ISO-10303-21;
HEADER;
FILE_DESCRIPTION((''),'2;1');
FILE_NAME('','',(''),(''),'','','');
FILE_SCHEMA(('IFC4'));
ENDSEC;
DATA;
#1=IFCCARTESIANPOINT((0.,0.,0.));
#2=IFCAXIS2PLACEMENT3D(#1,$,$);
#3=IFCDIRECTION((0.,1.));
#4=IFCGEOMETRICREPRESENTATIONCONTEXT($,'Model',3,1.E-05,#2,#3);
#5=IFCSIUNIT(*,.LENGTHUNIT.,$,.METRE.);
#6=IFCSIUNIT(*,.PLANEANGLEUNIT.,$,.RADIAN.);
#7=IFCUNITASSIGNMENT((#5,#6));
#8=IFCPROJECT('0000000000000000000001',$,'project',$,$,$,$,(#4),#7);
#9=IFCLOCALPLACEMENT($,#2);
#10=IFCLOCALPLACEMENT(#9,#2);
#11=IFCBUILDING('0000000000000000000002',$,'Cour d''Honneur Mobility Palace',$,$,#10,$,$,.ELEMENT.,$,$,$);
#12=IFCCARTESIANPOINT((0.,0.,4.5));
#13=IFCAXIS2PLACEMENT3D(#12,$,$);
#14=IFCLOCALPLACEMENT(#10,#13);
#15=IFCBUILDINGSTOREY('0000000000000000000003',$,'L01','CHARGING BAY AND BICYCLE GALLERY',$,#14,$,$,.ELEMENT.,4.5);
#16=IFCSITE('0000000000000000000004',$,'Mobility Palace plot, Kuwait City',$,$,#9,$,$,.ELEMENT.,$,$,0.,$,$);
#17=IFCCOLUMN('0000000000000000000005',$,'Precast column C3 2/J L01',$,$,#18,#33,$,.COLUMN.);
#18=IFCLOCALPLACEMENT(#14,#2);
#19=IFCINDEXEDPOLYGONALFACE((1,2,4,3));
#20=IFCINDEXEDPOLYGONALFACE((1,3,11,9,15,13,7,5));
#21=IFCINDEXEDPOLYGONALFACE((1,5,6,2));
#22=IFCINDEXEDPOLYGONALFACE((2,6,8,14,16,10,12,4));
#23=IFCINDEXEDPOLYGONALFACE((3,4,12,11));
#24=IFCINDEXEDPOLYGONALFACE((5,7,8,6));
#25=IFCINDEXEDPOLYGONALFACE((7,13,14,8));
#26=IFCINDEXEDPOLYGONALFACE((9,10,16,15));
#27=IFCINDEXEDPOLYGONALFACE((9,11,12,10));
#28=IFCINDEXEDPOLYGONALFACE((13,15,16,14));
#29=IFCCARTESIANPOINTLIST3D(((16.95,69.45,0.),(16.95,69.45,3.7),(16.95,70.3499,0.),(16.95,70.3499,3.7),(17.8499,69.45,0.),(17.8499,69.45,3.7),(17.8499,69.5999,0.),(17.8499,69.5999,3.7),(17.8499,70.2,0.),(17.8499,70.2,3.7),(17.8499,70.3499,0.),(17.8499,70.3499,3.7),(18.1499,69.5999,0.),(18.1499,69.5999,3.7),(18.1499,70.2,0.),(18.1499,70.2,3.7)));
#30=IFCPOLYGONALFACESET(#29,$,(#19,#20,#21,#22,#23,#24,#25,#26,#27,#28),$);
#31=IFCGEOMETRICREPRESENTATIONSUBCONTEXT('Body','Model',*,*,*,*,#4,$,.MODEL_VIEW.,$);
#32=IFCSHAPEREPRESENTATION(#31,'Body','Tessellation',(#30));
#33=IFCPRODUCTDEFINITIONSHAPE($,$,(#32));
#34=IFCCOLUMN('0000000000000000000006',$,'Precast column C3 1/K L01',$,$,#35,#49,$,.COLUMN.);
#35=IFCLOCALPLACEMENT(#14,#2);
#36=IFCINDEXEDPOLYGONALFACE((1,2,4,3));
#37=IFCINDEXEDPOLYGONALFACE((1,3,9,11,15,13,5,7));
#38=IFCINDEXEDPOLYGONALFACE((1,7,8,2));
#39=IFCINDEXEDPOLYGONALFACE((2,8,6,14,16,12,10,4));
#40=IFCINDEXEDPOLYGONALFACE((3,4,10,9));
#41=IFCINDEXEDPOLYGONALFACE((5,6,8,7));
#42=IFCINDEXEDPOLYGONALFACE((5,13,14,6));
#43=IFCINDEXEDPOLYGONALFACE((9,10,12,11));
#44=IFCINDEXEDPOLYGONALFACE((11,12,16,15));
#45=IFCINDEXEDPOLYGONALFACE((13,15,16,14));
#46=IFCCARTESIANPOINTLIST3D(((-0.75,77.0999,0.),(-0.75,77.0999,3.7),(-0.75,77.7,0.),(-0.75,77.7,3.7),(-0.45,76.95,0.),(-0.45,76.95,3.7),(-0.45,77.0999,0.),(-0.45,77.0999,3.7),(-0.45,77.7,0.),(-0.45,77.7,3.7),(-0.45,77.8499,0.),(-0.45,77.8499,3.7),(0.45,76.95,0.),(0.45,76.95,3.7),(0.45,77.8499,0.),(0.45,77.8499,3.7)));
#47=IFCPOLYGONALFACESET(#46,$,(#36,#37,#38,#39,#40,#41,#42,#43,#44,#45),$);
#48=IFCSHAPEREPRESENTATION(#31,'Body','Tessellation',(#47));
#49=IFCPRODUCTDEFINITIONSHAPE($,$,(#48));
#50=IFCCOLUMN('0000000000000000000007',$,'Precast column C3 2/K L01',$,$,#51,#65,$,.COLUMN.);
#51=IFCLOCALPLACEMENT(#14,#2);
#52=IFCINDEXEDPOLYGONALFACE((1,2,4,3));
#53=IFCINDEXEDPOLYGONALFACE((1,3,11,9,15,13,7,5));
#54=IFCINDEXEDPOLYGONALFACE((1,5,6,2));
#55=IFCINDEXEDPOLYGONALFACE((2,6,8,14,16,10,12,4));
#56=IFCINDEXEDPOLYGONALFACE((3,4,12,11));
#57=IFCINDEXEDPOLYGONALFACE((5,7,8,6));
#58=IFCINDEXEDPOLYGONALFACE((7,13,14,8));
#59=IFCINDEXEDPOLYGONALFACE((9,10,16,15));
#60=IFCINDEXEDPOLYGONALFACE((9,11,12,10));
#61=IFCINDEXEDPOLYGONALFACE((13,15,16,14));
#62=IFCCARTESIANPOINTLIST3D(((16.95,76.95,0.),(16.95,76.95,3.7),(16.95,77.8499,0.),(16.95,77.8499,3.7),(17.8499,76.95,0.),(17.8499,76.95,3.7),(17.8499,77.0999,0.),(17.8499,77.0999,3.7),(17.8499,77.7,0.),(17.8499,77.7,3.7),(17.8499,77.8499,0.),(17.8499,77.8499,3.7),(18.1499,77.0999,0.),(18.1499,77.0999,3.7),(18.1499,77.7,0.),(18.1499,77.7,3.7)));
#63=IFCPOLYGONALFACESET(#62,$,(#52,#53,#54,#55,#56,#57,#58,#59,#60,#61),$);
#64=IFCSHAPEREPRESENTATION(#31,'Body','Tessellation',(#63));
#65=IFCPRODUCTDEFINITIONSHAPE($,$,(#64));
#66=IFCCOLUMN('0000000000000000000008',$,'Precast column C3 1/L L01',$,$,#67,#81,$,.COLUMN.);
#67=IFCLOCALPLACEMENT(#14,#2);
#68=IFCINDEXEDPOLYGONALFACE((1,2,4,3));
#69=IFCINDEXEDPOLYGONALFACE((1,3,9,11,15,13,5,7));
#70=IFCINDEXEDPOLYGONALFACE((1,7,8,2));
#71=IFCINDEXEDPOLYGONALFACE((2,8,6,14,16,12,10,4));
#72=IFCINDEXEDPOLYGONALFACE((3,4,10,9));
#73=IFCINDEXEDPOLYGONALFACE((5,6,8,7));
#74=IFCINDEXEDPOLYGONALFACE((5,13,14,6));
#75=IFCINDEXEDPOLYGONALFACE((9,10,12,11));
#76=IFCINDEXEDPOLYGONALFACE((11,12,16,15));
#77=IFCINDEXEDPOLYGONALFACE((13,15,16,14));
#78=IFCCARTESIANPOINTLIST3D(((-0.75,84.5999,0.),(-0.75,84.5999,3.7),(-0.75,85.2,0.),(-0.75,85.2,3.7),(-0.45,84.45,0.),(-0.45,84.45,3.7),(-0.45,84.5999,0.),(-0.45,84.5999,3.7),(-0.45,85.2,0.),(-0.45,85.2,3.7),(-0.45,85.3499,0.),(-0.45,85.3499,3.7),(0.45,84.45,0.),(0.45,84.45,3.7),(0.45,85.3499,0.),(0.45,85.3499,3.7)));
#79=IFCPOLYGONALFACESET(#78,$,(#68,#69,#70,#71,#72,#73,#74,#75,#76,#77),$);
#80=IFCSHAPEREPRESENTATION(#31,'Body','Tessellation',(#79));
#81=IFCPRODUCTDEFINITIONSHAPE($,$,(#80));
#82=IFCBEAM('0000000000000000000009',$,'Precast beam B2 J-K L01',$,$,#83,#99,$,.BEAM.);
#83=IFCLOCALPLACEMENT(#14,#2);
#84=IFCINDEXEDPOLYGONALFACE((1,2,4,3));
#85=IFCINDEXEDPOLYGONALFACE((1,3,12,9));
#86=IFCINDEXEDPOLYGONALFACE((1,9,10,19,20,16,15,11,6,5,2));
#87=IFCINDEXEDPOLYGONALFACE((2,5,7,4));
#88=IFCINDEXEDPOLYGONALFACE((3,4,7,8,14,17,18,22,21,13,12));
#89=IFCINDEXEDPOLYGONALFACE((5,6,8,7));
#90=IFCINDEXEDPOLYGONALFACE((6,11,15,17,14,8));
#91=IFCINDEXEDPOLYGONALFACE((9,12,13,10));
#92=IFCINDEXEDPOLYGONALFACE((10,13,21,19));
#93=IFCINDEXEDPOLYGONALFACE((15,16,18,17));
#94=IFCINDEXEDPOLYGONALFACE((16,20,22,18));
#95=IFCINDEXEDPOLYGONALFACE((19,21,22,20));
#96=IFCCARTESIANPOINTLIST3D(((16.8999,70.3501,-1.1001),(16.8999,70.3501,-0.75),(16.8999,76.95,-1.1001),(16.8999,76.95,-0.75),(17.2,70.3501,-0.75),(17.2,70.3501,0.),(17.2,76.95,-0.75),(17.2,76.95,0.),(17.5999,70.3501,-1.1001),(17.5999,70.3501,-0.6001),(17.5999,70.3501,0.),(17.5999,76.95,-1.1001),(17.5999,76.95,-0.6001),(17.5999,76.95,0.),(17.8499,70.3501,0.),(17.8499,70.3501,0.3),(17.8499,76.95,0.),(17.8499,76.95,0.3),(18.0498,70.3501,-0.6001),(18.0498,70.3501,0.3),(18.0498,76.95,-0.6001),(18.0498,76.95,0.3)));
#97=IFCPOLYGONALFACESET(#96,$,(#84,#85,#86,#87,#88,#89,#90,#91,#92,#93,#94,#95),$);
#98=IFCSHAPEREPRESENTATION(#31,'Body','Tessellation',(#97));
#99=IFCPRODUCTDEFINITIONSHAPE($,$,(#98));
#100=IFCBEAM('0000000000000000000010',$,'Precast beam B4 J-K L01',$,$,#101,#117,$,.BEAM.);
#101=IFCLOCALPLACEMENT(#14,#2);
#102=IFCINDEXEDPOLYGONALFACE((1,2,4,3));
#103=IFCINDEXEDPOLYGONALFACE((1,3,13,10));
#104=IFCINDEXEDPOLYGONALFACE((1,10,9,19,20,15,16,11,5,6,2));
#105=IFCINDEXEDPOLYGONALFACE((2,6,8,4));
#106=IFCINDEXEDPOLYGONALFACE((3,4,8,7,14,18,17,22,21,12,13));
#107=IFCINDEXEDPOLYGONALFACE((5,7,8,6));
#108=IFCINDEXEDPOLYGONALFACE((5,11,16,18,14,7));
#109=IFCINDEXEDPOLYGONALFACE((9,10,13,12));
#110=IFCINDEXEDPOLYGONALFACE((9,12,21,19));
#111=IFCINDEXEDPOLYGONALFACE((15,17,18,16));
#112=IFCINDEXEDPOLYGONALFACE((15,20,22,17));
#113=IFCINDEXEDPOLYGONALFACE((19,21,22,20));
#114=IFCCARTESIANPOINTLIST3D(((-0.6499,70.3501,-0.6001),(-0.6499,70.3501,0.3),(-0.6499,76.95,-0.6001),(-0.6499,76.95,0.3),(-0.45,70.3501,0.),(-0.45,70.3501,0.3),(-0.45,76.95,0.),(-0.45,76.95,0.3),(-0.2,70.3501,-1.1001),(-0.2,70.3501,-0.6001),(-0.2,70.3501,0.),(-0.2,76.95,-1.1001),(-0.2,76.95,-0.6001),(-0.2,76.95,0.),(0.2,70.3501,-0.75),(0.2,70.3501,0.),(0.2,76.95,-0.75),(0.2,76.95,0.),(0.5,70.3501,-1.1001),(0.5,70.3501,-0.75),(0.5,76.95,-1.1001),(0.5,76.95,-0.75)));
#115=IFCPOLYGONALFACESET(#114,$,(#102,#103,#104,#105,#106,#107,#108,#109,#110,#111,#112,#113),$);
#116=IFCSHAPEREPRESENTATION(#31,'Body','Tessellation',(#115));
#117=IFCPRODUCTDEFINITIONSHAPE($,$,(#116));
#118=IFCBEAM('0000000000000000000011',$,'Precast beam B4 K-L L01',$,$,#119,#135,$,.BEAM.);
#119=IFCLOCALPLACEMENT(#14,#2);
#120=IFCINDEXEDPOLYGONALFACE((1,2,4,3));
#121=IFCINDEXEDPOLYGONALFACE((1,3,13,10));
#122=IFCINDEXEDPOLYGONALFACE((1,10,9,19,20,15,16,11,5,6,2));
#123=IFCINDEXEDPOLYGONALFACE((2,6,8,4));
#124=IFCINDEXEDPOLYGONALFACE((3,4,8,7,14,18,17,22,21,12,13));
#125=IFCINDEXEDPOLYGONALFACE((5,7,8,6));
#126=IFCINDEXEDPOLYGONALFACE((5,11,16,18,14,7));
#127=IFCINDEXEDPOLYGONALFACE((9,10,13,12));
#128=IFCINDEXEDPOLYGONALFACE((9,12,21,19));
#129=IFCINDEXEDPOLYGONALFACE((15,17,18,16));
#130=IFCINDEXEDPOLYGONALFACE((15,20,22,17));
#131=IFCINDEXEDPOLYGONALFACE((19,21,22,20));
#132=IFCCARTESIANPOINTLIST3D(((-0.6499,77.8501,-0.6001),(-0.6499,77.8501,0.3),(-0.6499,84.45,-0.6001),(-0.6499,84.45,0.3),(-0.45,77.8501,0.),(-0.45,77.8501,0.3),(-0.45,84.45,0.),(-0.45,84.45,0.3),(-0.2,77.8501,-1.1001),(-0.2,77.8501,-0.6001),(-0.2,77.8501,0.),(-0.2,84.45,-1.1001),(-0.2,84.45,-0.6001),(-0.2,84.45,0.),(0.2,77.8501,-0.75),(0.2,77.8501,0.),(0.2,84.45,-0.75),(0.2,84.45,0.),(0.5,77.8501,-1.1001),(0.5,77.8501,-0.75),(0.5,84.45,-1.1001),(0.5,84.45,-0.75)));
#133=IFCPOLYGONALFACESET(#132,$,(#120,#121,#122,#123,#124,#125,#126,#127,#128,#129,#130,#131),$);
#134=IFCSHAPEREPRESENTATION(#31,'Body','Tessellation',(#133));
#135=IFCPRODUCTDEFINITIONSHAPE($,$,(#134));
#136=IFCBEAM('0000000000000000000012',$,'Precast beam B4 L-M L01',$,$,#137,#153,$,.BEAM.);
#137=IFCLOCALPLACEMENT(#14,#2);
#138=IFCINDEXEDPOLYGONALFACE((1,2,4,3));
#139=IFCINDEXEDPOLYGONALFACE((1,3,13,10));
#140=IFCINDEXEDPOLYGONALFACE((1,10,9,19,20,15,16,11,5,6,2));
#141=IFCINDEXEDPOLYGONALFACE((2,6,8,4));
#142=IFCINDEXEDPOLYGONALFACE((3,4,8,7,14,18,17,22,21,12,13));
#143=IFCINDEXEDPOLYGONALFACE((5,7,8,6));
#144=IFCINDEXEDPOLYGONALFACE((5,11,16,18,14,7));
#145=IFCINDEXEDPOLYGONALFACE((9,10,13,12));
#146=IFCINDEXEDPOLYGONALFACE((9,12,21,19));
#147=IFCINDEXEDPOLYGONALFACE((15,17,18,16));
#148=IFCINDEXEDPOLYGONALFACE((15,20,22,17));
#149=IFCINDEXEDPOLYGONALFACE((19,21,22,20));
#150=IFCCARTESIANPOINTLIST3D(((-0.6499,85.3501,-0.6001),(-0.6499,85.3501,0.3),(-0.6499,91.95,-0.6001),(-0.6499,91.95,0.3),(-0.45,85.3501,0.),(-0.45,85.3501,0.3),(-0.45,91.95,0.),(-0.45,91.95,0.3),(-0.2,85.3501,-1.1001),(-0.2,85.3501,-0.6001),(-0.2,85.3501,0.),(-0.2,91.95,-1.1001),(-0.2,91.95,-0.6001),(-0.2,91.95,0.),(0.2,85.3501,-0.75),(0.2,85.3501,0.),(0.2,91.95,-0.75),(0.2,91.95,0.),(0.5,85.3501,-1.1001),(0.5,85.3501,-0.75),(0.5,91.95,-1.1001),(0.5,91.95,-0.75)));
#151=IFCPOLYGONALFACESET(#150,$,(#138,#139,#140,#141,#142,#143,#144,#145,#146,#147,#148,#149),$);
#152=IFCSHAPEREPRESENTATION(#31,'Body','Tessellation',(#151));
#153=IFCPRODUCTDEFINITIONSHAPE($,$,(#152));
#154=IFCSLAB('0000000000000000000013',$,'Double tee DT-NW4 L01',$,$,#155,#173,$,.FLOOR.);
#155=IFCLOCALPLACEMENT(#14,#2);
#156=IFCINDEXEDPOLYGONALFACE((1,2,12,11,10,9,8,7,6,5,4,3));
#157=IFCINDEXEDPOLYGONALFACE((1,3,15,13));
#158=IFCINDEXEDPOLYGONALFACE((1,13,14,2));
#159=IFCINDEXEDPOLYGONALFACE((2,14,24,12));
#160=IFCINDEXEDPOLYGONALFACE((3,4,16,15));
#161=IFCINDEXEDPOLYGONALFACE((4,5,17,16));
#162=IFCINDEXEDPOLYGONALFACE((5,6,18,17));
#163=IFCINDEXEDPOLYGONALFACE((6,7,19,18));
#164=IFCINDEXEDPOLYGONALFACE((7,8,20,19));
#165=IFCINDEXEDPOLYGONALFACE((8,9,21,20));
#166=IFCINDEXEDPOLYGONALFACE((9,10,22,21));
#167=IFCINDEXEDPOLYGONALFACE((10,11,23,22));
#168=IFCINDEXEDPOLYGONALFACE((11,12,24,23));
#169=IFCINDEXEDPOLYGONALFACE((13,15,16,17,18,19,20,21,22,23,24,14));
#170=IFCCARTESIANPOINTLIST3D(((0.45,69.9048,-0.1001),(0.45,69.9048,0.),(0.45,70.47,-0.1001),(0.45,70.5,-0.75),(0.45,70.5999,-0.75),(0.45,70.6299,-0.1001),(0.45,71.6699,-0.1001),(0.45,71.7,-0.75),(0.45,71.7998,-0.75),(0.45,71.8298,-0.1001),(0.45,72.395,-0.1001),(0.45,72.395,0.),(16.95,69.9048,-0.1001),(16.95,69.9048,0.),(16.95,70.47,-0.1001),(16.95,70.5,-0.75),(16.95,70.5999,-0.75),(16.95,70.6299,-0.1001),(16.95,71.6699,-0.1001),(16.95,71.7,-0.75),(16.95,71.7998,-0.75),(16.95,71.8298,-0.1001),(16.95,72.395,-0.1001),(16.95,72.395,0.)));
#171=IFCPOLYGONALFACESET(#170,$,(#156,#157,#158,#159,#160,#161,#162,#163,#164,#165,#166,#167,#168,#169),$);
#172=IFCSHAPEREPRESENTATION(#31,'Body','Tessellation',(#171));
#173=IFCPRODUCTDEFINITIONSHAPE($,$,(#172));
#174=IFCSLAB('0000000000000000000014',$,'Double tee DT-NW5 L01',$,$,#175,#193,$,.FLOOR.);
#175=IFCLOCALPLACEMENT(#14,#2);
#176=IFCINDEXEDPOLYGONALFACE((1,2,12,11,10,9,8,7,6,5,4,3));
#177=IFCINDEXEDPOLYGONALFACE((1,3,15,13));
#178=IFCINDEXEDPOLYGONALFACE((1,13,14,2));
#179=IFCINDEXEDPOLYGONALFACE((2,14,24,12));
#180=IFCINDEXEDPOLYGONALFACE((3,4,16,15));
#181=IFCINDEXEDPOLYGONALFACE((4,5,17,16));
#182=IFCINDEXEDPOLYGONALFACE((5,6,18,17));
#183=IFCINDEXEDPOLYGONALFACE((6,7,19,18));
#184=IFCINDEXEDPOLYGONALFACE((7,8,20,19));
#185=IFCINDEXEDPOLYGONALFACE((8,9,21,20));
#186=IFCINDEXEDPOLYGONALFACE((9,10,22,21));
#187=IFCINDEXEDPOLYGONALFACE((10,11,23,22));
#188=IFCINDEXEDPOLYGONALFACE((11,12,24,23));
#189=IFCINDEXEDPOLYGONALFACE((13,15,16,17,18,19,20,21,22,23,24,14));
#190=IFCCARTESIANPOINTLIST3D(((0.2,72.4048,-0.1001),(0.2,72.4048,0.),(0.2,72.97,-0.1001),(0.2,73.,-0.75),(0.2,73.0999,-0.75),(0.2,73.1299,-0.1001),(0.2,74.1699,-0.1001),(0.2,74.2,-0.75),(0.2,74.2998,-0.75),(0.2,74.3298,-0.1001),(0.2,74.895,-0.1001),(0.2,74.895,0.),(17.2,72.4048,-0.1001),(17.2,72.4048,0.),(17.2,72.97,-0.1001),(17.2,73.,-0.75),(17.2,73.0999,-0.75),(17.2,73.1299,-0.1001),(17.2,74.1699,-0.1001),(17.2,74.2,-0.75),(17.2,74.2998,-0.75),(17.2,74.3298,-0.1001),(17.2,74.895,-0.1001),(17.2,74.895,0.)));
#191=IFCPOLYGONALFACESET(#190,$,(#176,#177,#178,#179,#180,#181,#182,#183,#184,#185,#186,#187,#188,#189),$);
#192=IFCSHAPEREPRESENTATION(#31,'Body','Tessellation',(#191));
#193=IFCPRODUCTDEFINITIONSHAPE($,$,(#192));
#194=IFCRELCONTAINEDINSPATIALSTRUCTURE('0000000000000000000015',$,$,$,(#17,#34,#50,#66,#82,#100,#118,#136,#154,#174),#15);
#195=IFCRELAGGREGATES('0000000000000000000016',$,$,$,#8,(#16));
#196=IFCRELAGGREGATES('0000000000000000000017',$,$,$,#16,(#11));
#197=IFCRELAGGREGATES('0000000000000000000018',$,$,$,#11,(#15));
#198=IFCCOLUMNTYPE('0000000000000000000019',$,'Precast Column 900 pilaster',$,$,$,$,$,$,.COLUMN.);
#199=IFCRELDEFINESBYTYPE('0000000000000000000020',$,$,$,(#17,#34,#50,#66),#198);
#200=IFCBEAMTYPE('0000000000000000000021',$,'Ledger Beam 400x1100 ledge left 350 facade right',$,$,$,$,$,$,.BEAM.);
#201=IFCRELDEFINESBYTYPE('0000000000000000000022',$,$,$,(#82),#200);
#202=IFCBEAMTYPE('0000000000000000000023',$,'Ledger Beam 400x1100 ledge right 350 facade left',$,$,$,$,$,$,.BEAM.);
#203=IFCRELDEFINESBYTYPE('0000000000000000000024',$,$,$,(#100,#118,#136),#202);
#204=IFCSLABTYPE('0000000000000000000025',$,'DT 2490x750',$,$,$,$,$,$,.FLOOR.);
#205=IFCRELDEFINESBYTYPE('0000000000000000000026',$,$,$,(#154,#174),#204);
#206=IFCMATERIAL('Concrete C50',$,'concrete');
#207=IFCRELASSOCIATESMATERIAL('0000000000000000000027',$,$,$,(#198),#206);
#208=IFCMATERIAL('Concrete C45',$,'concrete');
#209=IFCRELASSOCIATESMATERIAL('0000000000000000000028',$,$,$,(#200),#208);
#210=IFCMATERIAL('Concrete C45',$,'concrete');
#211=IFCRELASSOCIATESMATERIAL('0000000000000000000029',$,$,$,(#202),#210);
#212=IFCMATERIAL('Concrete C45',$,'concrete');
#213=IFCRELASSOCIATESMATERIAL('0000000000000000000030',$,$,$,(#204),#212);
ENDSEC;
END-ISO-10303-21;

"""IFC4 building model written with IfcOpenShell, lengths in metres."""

from ifc_helpers import new_model, si_unit, direction, frame, origin, place, context, subcontext, project, spatial, polyline, outline, extrude, material, material_profile, profile_set, type_object, element, save


model = new_model("IFC4")

# Units and contexts
model_context = context("Model", 3, precision=1e-05, world=origin(), true_north=direction((0.0, 1.0)))
body_context = subcontext(model_context, "Body", "Model", "MODEL_VIEW")
ifc_project = project(units=[si_unit("LENGTHUNIT", "METRE"), si_unit("PLANEANGLEUNIT", "RADIAN")], contexts=[model_context])

# Site, building, storey
site_placement = place(None, origin())
site = spatial("IfcSite", under=ifc_project, at=site_placement, Name="Mobility Palace plot, Kuwait City", CompositionType="ELEMENT", RefElevation=0.0)
building_placement = place(site_placement, origin())
building = spatial("IfcBuilding", under=site, at=building_placement, Name="Cour d'Honneur Mobility Palace", CompositionType="ELEMENT")
storey_placement = place(building_placement, frame((0.0, 0.0, 4.5)))
storey = spatial("IfcBuildingStorey", under=building, at=storey_placement, Name="L01", Description="CHARGING BAY AND BICYCLE GALLERY", CompositionType="ELEMENT", Elevation=4.5)

# Columns
ifc_material_1 = material(Name="Concrete C50", Category="concrete")
ifc_material_profile_1 = material_profile(ifc_material_1, outline(polyline([(-0.45, -0.45), (0.45, -0.45), (0.45, -0.3), (0.75, -0.3), (0.75, 0.3), (0.45, 0.3), (0.45, 0.45), (-0.45, 0.45), (-0.45, -0.45)])), Name="PC C900 pilaster")
ifc_profile_set_1 = profile_set([ifc_material_profile_1], Name="Concrete C50")
column_type = type_object("IfcColumnType", Name="Precast Column 900 pilaster", PredefinedType="COLUMN", material=ifc_profile_set_1)
for number, where, z_axis, x_axis, name in (
    (1, (17.3999, 69.8999, 0.0), (0.0, 0.0, 1.0), (1.0, 0.0, 0.0), "Precast column C3 2/J L01"),
    (2, (0.0, 77.3999, 0.0), (0.0, 0.0, 1.0), (-1.0, 0.0, 0.0), "Precast column C3 1/K L01"),
    (3, (17.3999, 77.3999, 0.0), (0.0, 0.0, 1.0), (1.0, 0.0, 0.0), "Precast column C3 2/K L01"),
    (4, (0.0, 84.8999, 0.0), (0.0, 0.0, 1.0), (-1.0, 0.0, 0.0), "Precast column C3 1/L L01"),
):
    element("IfcColumn", number, at=place(storey_placement, frame(where, z_axis=z_axis, x_axis=x_axis)), inside=storey, type_object=column_type, Name=name, PredefinedType="COLUMN", context=body_context, shape_type="SweptSolid", body=[
        extrude(outline(polyline([(-0.45, -0.45), (0.45, -0.45), (0.45, -0.3), (0.75, -0.3), (0.75, 0.3), (0.45, 0.3), (0.45, 0.45), (-0.45, 0.45), (-0.45, -0.45)])), origin(), (0.0, 0.0, 1.0), 3.7),
    ])

# Beams
ifc_material_2 = material(Name="Concrete C45", Category="concrete")
ifc_material_profile_2 = material_profile(ifc_material_2, outline(polyline([(0.5, -1.1001), (0.5, -0.75), (0.2, -0.75), (0.2, 0.0), (-0.2, 0.0), (-0.45, 0.0), (-0.45, 0.3), (-0.6499, 0.3), (-0.6499, -0.6001), (-0.2, -0.6001), (-0.2, -1.1001), (0.5, -1.1001)])), Name="Ledger Beam 400x1100 ledge left 350 facade right")
ifc_profile_set_2 = profile_set([ifc_material_profile_2], Name="Concrete C45")
beam_type_1 = type_object("IfcBeamType", Name="Ledger Beam 400x1100 ledge left 350 facade right", PredefinedType="BEAM", material=ifc_profile_set_2)
beam_placement = place(storey_placement, frame((17.3999, 70.3501, 0.0), z_axis=(0.0, 1.0, 0.0), x_axis=(-1.0, 0.0, 0.0)))
element("IfcBeam", 5, at=beam_placement, inside=storey, type_object=beam_type_1, Name="Precast beam B2 J-K L01", PredefinedType="BEAM", context=body_context, shape_type="SweptSolid", body=[
    extrude(outline(polyline([(0.5, -1.1001), (0.5, -0.75), (0.2, -0.75), (0.2, 0.0), (-0.2, 0.0), (-0.45, 0.0), (-0.45, 0.3), (-0.6499, 0.3), (-0.6499, -0.6001), (-0.2, -0.6001), (-0.2, -1.1001), (0.5, -1.1001)])), origin(), (0.0, 0.0, 1.0), 6.5999),
])
ifc_material_3 = material(Name="Concrete C45", Category="concrete")
ifc_material_profile_3 = material_profile(ifc_material_3, outline(polyline([(0.2, -1.1001), (0.2, -0.6001), (0.6499, -0.6001), (0.6499, 0.3), (0.45, 0.3), (0.45, 0.0), (0.2, 0.0), (-0.2, 0.0), (-0.2, -0.75), (-0.5, -0.75), (-0.5, -1.1001), (0.2, -1.1001)])), Name="Ledger Beam 400x1100 ledge right 350 facade left")
ifc_profile_set_3 = profile_set([ifc_material_profile_3], Name="Concrete C45")
beam_type_2 = type_object("IfcBeamType", Name="Ledger Beam 400x1100 ledge right 350 facade left", PredefinedType="BEAM", material=ifc_profile_set_3)
for number, where, z_axis, x_axis, name in (
    (6, (0.0, 70.3501, 0.0), (0.0, 1.0, 0.0), (-1.0, 0.0, 0.0), "Precast beam B4 J-K L01"),
    (7, (0.0, 77.8501, 0.0), (0.0, 1.0, 0.0), (-1.0, 0.0, 0.0), "Precast beam B4 K-L L01"),
    (8, (0.0, 85.3501, 0.0), (0.0, 1.0, 0.0), (-1.0, 0.0, 0.0), "Precast beam B4 L-M L01"),
):
    element("IfcBeam", number, at=place(storey_placement, frame(where, z_axis=z_axis, x_axis=x_axis)), inside=storey, type_object=beam_type_2, Name=name, PredefinedType="BEAM", context=body_context, shape_type="SweptSolid", body=[
        extrude(outline(polyline([(0.2, -1.1001), (0.2, -0.6001), (0.6499, -0.6001), (0.6499, 0.3), (0.45, 0.3), (0.45, 0.0), (0.2, 0.0), (-0.2, 0.0), (-0.2, -0.75), (-0.5, -0.75), (-0.5, -1.1001), (0.2, -1.1001)])), origin(), (0.0, 0.0, 1.0), 6.5999),
    ])

# Slabs
ifc_material_4 = material(Name="Concrete C45", Category="concrete")
ifc_material_profile_4 = material_profile(ifc_material_4, outline(polyline([(-1.2451, 0.0), (1.2451, 0.0), (1.2451, -0.1001), (0.6799, -0.1001), (0.6499, -0.75), (0.55, -0.75), (0.52, -0.1001), (-0.52, -0.1001), (-0.55, -0.75), (-0.6499, -0.75), (-0.6799, -0.1001), (-1.2451, -0.1001), (-1.2451, 0.0)])), Name="DT 2490x750")
ifc_profile_set_4 = profile_set([ifc_material_profile_4], Name="Concrete C45")
slab_type = type_object("IfcSlabType", Name="DT 2490x750", PredefinedType="FLOOR", material=ifc_profile_set_4)
slab_1_placement = place(storey_placement, frame((0.45, 71.1499, 0.0), z_axis=(1.0, 0.0, 0.0), x_axis=(0.0, 1.0, 0.0)))
element("IfcSlab", 9, at=slab_1_placement, inside=storey, type_object=slab_type, Name="Double tee DT-NW4 L01", PredefinedType="FLOOR", context=body_context, shape_type="SweptSolid", body=[
    extrude(outline(polyline([(-1.2451, 0.0), (1.2451, 0.0), (1.2451, -0.1001), (0.6799, -0.1001), (0.6499, -0.75), (0.55, -0.75), (0.52, -0.1001), (-0.52, -0.1001), (-0.55, -0.75), (-0.6499, -0.75), (-0.6799, -0.1001), (-1.2451, -0.1001), (-1.2451, 0.0)])), origin(), (0.0, 0.0, 1.0), 16.5),
])
slab_2_placement = place(storey_placement, frame((0.2, 73.6499, 0.0), z_axis=(1.0, 0.0, 0.0), x_axis=(0.0, 1.0, 0.0)))
element("IfcSlab", 10, at=slab_2_placement, inside=storey, type_object=slab_type, Name="Double tee DT-NW5 L01", PredefinedType="FLOOR", context=body_context, shape_type="SweptSolid", body=[
    extrude(outline(polyline([(-1.2451, 0.0), (1.2451, 0.0), (1.2451, -0.1001), (0.6799, -0.1001), (0.6499, -0.75), (0.55, -0.75), (0.52, -0.1001), (-0.52, -0.1001), (-0.55, -0.75), (-0.6499, -0.75), (-0.6799, -0.1001), (-1.2451, -0.1001), (-1.2451, 0.0)])), origin(), (0.0, 0.0, 1.0), 17.0),
])

save(model, "model.ifc")
